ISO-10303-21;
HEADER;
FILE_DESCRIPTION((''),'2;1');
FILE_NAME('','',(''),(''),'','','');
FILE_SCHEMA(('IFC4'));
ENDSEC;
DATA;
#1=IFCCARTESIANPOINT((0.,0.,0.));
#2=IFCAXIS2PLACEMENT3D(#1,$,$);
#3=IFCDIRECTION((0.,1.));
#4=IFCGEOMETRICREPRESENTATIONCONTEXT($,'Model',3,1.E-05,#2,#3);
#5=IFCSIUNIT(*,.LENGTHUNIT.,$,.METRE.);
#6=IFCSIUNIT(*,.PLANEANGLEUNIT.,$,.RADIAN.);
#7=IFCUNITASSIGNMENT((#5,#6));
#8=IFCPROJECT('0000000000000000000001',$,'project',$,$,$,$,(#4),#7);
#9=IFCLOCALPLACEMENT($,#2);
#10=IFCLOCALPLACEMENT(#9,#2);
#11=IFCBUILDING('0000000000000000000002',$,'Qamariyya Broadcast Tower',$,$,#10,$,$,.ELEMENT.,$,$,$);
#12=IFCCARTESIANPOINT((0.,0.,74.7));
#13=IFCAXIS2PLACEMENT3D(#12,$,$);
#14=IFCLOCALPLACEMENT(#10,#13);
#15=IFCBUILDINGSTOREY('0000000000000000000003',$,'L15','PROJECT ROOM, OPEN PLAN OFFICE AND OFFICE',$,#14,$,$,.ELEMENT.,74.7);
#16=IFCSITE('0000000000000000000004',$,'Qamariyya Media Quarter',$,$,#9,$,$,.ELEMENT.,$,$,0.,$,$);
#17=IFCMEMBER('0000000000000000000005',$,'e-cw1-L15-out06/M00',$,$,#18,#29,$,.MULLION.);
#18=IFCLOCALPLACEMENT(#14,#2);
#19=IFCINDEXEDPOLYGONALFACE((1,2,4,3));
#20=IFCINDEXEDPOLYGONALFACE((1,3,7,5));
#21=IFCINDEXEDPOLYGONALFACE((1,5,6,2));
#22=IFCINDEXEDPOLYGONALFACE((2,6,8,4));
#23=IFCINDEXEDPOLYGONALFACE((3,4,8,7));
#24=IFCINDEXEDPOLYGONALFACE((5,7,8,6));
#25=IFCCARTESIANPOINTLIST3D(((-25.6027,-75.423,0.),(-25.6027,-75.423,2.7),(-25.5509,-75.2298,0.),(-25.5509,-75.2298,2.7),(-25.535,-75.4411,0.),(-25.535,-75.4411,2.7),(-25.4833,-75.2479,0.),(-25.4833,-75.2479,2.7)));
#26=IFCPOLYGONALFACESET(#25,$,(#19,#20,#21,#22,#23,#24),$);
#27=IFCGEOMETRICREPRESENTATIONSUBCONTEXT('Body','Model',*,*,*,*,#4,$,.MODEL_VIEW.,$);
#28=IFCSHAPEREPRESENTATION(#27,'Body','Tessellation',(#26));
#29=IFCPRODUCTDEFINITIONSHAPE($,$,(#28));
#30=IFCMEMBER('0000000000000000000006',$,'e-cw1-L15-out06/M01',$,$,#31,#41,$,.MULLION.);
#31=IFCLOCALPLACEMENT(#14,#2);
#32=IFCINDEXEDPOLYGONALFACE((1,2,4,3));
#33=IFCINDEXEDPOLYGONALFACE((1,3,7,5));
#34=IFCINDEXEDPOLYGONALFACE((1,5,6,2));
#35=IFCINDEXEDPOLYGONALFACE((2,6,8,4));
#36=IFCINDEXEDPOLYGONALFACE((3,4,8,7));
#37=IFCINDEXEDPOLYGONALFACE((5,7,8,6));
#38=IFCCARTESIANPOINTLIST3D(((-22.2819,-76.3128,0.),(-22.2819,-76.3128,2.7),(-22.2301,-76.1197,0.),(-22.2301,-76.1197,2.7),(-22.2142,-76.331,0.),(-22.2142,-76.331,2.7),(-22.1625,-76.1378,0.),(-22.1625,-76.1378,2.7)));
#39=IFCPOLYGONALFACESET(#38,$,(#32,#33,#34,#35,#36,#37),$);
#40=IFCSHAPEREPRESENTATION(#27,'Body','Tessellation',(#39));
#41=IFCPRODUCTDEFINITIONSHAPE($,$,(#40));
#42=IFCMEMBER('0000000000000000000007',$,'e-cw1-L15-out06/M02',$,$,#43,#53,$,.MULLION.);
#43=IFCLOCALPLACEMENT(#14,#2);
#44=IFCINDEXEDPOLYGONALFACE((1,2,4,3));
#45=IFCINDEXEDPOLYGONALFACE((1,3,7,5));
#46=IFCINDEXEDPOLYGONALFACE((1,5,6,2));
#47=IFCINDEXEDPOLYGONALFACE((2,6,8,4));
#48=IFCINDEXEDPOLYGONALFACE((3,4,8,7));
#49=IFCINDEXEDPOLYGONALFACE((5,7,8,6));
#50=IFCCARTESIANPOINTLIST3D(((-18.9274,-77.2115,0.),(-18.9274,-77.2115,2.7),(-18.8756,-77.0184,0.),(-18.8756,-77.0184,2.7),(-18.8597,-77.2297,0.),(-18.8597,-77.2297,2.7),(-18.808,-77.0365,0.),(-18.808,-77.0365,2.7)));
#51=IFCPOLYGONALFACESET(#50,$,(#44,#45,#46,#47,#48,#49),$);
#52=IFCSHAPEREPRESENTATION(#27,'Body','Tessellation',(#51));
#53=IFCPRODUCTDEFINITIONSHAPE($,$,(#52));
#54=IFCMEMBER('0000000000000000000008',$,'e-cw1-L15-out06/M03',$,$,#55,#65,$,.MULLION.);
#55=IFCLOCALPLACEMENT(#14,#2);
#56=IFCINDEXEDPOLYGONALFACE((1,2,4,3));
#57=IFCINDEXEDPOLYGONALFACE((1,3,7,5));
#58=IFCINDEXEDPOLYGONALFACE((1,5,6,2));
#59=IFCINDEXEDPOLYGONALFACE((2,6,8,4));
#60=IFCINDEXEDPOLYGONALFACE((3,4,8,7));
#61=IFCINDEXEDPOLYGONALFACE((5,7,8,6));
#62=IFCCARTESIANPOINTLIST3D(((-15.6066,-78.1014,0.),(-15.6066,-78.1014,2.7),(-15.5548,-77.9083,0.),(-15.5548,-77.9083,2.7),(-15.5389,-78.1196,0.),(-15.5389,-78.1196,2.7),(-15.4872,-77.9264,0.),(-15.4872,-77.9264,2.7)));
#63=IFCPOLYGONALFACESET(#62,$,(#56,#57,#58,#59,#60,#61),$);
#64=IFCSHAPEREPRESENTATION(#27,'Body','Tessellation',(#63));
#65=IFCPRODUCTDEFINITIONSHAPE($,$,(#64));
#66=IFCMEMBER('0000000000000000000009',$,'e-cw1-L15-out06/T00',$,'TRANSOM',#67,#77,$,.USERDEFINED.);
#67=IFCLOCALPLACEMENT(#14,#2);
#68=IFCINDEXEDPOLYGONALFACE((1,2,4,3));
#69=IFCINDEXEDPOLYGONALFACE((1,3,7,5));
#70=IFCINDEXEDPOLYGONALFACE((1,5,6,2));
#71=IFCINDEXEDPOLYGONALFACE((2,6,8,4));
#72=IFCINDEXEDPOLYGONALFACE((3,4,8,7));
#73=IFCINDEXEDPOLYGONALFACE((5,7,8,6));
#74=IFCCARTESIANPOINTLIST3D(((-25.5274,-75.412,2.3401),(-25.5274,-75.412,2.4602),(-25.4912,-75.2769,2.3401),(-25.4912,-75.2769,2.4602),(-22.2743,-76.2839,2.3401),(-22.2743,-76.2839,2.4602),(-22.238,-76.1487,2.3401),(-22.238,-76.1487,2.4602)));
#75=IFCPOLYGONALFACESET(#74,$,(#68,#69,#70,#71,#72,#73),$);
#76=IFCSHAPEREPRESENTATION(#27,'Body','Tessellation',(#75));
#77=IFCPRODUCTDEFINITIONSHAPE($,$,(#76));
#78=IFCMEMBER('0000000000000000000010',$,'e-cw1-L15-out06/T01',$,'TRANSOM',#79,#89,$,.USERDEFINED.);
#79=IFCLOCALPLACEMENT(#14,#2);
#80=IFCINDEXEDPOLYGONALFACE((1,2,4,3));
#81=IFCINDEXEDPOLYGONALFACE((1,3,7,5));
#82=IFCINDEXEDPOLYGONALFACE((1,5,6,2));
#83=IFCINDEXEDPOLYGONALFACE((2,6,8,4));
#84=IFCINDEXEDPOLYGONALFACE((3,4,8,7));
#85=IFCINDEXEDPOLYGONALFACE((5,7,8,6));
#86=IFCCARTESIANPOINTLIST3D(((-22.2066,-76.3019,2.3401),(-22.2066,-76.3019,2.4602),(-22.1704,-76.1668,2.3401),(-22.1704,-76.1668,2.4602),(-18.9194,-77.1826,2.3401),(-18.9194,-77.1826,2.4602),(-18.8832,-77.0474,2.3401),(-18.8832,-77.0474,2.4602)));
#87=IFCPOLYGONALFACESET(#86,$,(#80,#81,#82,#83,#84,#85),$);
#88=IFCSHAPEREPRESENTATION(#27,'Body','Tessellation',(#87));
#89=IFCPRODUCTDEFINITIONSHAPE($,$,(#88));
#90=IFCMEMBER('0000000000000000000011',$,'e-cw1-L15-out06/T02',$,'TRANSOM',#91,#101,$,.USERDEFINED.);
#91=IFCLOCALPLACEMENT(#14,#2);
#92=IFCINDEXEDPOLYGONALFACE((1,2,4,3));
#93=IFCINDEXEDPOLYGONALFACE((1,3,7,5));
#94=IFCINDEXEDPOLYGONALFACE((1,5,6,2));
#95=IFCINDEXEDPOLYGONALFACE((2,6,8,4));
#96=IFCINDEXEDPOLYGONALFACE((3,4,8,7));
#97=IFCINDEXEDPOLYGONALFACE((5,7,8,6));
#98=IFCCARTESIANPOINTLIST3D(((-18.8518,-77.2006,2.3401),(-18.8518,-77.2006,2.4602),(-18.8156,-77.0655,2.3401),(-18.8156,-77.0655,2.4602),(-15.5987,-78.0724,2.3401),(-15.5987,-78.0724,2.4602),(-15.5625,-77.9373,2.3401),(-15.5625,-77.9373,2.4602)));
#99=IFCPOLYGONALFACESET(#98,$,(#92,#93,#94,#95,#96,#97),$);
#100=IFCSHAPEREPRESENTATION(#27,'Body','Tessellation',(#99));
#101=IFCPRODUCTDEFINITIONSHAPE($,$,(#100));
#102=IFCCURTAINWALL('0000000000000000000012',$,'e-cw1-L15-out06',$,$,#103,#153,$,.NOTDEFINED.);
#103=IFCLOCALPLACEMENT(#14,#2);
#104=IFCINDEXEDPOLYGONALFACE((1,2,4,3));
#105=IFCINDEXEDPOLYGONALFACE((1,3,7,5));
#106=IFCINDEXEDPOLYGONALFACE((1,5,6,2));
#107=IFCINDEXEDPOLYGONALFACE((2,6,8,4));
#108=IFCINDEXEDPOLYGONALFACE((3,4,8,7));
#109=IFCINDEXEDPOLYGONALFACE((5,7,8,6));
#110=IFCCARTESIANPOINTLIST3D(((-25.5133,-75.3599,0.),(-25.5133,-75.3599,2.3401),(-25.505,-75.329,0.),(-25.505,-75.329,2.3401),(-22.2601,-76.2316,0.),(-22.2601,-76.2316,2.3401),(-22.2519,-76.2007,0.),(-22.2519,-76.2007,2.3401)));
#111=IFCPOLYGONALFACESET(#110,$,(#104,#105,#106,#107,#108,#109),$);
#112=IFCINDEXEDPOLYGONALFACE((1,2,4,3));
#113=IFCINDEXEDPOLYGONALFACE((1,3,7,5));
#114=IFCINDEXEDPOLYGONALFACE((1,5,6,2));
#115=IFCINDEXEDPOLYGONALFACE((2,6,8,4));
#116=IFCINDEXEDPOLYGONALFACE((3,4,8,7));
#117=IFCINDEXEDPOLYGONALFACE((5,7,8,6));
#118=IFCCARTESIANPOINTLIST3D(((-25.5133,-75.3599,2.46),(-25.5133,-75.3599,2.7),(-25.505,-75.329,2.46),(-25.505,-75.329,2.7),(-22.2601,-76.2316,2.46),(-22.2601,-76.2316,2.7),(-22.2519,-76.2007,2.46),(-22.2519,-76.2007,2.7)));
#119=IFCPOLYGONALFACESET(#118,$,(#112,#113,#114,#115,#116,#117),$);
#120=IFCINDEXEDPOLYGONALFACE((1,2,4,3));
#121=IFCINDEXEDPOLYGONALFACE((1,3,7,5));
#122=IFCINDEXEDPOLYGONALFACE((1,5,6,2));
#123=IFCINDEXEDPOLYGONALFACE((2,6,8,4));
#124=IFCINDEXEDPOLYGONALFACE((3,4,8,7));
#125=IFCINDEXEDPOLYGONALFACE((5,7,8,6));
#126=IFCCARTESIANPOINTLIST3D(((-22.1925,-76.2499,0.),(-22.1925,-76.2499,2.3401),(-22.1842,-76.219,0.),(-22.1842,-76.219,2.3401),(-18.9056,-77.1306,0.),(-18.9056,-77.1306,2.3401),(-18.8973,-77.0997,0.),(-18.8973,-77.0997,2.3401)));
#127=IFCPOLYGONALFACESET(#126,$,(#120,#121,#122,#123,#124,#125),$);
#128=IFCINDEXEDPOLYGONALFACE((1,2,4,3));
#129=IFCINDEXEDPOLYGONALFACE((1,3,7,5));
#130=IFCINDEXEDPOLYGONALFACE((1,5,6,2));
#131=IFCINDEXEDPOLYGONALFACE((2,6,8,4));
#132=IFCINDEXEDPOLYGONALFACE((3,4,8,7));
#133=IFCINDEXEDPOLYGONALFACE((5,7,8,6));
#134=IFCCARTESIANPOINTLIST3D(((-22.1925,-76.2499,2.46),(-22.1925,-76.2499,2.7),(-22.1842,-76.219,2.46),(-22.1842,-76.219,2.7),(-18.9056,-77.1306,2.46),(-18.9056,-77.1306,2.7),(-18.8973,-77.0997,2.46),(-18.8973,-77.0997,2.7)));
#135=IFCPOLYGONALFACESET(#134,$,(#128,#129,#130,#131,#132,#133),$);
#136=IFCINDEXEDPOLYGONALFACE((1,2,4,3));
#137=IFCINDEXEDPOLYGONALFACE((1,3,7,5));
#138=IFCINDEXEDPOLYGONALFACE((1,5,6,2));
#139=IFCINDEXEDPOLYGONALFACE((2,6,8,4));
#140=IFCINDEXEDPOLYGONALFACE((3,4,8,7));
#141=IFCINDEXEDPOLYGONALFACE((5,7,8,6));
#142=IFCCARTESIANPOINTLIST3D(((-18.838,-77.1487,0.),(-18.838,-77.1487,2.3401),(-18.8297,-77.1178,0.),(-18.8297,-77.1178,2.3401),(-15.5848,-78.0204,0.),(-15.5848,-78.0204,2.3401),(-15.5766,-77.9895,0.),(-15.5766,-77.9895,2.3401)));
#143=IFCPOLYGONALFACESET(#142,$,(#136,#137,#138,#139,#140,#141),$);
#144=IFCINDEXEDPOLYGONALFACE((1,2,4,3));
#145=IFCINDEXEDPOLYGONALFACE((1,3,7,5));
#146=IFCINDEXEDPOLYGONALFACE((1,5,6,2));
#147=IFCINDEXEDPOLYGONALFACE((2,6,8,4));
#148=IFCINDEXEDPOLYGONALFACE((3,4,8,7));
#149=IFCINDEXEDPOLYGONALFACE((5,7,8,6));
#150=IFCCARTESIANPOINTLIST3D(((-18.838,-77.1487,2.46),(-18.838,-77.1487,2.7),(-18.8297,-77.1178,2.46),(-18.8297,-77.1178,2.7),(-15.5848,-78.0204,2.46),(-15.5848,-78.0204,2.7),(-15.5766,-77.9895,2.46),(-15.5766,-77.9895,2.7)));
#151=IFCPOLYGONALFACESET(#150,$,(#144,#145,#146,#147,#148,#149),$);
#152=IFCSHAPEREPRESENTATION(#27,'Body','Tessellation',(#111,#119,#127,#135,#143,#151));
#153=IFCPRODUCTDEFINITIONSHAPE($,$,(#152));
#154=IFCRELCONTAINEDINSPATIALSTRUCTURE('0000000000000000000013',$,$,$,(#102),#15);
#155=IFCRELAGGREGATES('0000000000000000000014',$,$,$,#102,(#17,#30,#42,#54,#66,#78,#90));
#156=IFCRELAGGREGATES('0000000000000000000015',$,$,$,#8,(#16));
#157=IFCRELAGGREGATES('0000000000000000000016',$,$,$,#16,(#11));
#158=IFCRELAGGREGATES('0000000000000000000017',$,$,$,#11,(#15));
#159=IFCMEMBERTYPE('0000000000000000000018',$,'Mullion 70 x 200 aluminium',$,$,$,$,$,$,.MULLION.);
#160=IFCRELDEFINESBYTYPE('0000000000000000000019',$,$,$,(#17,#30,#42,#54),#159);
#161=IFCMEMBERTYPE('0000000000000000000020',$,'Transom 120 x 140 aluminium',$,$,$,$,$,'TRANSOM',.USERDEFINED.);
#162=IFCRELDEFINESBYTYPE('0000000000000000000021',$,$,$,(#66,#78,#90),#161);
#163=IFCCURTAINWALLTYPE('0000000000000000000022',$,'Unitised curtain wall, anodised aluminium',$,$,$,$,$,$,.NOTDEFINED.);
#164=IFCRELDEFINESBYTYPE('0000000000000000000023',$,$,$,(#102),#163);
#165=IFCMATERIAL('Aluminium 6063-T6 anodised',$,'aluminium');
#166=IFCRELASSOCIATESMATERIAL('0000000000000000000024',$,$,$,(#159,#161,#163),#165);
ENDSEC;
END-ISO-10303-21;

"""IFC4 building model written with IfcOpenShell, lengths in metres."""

from ifc_helpers import new_model, si_unit, direction, frame, origin, origin_2d, place, context, subcontext, project, spatial, rectangle, extrude, material, material_profile, profile_set, type_object, element, aggregate, save


model = new_model("IFC4")

# Units and contexts
model_context = context("Model", 3, precision=1e-05, world=origin(), true_north=direction((0.0, 1.0)))
body_context = subcontext(model_context, "Body", "Model", "MODEL_VIEW")
ifc_project = project(units=[si_unit("LENGTHUNIT", "METRE"), si_unit("PLANEANGLEUNIT", "RADIAN")], contexts=[model_context])

# Members
ifc_material = material(Name="Aluminium 6063-T6 anodised", Category="aluminium")
ifc_material_profile_1 = material_profile(ifc_material, rectangle(XDim=0.2, YDim=0.0701, at=origin_2d()))
ifc_profile_set_1 = profile_set([ifc_material_profile_1], Name="Aluminium 6063-T6 anodised")
member_type_1 = type_object("IfcMemberType", Name="Mullion 70 x 200 aluminium", PredefinedType="MULLION", material=ifc_profile_set_1)
site_placement = place(None, origin())
building_placement = place(site_placement, origin())
storey_placement = place(building_placement, frame((0.0, 0.0, 74.7)))
member_1_placement = place(storey_placement, frame((-25.543, -75.3354, 0.0), z_axis=(0.0, 0.0, 1.0), x_axis=(0.258819, 0.965926, 0.0)))
member_1 = element("IfcMember", 1, at=member_1_placement, type_object=member_type_1, Name="e-cw1-L15-out06/M00", PredefinedType="MULLION", context=body_context, shape_type="SweptSolid", body=[
    extrude(rectangle(XDim=0.2, YDim=0.0701, at=origin_2d()), origin(), (0.0, 0.0, 1.0), 2.7),
])
member_2_placement = place(storey_placement, frame((-22.2222, -76.2253, 0.0), z_axis=(0.0, 0.0, 1.0), x_axis=(0.258819, 0.965926, 0.0)))
member_2 = element("IfcMember", 2, at=member_2_placement, type_object=member_type_1, Name="e-cw1-L15-out06/M01", PredefinedType="MULLION", context=body_context, shape_type="SweptSolid", body=[
    extrude(rectangle(XDim=0.2, YDim=0.0701, at=origin_2d()), origin(), (0.0, 0.0, 1.0), 2.7),
])
member_3_placement = place(storey_placement, frame((-18.8677, -77.124, 0.0), z_axis=(0.0, 0.0, 1.0), x_axis=(0.258819, 0.965926, 0.0)))
member_3 = element("IfcMember", 3, at=member_3_placement, type_object=member_type_1, Name="e-cw1-L15-out06/M02", PredefinedType="MULLION", context=body_context, shape_type="SweptSolid", body=[
    extrude(rectangle(XDim=0.2, YDim=0.0701, at=origin_2d()), origin(), (0.0, 0.0, 1.0), 2.7),
])
member_4_placement = place(storey_placement, frame((-15.5469, -78.0139, 0.0), z_axis=(0.0, 0.0, 1.0), x_axis=(0.258819, 0.965926, 0.0)))
member_4 = element("IfcMember", 4, at=member_4_placement, type_object=member_type_1, Name="e-cw1-L15-out06/M03", PredefinedType="MULLION", context=body_context, shape_type="SweptSolid", body=[
    extrude(rectangle(XDim=0.2, YDim=0.0701, at=origin_2d()), origin(), (0.0, 0.0, 1.0), 2.7),
])
ifc_material_profile_2 = material_profile(ifc_material, rectangle(XDim=0.1399, YDim=0.1201, at=origin_2d()))
ifc_profile_set_2 = profile_set([ifc_material_profile_2], Name="Aluminium 6063-T6 anodised")
member_type_2 = type_object("IfcMemberType", Name="Transom 120 x 140 aluminium", ElementType="TRANSOM", PredefinedType="USERDEFINED", material=ifc_profile_set_2)
member_5_placement = place(storey_placement, frame((-25.5093, -75.3445, 2.4001), z_axis=(0.965915, -0.258858, 0.0), x_axis=(0.258858, 0.965915, 0.0)))
member_5 = element("IfcMember", 5, at=member_5_placement, type_object=member_type_2, Name="e-cw1-L15-out06/T00", ObjectType="TRANSOM", PredefinedType="USERDEFINED", context=body_context, shape_type="SweptSolid", body=[
    extrude(rectangle(XDim=0.1399, YDim=0.1201, at=origin_2d()), origin(), (0.0, 0.0, 1.0), 3.3679),
])
member_6_placement = place(storey_placement, frame((-22.1885, -76.2344, 2.4001), z_axis=(0.965938, -0.258774, 0.0), x_axis=(0.258774, 0.965938, 0.0)))
member_6 = element("IfcMember", 6, at=member_6_placement, type_object=member_type_2, Name="e-cw1-L15-out06/T01", ObjectType="TRANSOM", PredefinedType="USERDEFINED", context=body_context, shape_type="SweptSolid", body=[
    extrude(rectangle(XDim=0.1399, YDim=0.1201, at=origin_2d()), origin(), (0.0, 0.0, 1.0), 3.4031),
])
member_7_placement = place(storey_placement, frame((-18.8337, -77.1331, 2.4001), z_axis=(0.965915, -0.258858, 0.0), x_axis=(0.258858, 0.965915, 0.0)))
member_7 = element("IfcMember", 7, at=member_7_placement, type_object=member_type_2, Name="e-cw1-L15-out06/T02", ObjectType="TRANSOM", PredefinedType="USERDEFINED", context=body_context, shape_type="SweptSolid", body=[
    extrude(rectangle(XDim=0.1399, YDim=0.1201, at=origin_2d()), origin(), (0.0, 0.0, 1.0), 3.3679),
])

# Site, building, storey
site = spatial("IfcSite", under=ifc_project, at=site_placement, Name="Qamariyya Media Quarter", CompositionType="ELEMENT", RefElevation=0.0)
building = spatial("IfcBuilding", under=site, at=building_placement, Name="Qamariyya Broadcast Tower", CompositionType="ELEMENT")
storey = spatial("IfcBuildingStorey", under=building, at=storey_placement, Name="L15", Description="PROJECT ROOM, OPEN PLAN OFFICE AND OFFICE", CompositionType="ELEMENT", Elevation=74.7)

# Curtain wall
curtain_wall_type = type_object("IfcCurtainWallType", Name="Unitised curtain wall, anodised aluminium", PredefinedType="NOTDEFINED", material=ifc_material)
curtain_wall_1_placement = place(storey_placement, origin())
curtain_wall_1 = element("IfcCurtainWall", 8, at=curtain_wall_1_placement, inside=storey, type_object=curtain_wall_type, Name="e-cw1-L15-out06", PredefinedType="NOTDEFINED", context=body_context, shape_type="SweptSolid", body=[
    extrude(rectangle(XDim=3.3679, YDim=0.032, at=origin_2d()), frame((-23.8826, -75.7803, 0.0), x_axis=(0.965925, -0.258822, 0.0)), (0.0, 0.0, 1.0), 2.3401),
    extrude(rectangle(XDim=3.3679, YDim=0.032, at=origin_2d()), frame((-23.8826, -75.7803, 2.46), x_axis=(0.965925, -0.258822, 0.0)), (0.0, 0.0, 1.0), 0.24),
    extrude(rectangle(XDim=3.4028, YDim=0.032, at=origin_2d()), frame((-20.5449, -76.6748, 0.0), x_axis=(0.965925, -0.258822, 0.0)), (0.0, 0.0, 1.0), 2.3401),
    extrude(rectangle(XDim=3.4028, YDim=0.032, at=origin_2d()), frame((-20.5449, -76.6748, 2.46), x_axis=(0.965925, -0.258822, 0.0)), (0.0, 0.0, 1.0), 0.24),
    extrude(rectangle(XDim=3.3679, YDim=0.032, at=origin_2d()), frame((-17.2073, -77.5691, 0.0), x_axis=(0.965925, -0.258822, 0.0)), (0.0, 0.0, 1.0), 2.3401),
    extrude(rectangle(XDim=3.3679, YDim=0.032, at=origin_2d()), frame((-17.2073, -77.5691, 2.46), x_axis=(0.965925, -0.258822, 0.0)), (0.0, 0.0, 1.0), 0.24),
])
aggregate(curtain_wall_1, [member_1, member_2, member_3, member_4, member_5, member_6, member_7])

save(model, "model.ifc")
